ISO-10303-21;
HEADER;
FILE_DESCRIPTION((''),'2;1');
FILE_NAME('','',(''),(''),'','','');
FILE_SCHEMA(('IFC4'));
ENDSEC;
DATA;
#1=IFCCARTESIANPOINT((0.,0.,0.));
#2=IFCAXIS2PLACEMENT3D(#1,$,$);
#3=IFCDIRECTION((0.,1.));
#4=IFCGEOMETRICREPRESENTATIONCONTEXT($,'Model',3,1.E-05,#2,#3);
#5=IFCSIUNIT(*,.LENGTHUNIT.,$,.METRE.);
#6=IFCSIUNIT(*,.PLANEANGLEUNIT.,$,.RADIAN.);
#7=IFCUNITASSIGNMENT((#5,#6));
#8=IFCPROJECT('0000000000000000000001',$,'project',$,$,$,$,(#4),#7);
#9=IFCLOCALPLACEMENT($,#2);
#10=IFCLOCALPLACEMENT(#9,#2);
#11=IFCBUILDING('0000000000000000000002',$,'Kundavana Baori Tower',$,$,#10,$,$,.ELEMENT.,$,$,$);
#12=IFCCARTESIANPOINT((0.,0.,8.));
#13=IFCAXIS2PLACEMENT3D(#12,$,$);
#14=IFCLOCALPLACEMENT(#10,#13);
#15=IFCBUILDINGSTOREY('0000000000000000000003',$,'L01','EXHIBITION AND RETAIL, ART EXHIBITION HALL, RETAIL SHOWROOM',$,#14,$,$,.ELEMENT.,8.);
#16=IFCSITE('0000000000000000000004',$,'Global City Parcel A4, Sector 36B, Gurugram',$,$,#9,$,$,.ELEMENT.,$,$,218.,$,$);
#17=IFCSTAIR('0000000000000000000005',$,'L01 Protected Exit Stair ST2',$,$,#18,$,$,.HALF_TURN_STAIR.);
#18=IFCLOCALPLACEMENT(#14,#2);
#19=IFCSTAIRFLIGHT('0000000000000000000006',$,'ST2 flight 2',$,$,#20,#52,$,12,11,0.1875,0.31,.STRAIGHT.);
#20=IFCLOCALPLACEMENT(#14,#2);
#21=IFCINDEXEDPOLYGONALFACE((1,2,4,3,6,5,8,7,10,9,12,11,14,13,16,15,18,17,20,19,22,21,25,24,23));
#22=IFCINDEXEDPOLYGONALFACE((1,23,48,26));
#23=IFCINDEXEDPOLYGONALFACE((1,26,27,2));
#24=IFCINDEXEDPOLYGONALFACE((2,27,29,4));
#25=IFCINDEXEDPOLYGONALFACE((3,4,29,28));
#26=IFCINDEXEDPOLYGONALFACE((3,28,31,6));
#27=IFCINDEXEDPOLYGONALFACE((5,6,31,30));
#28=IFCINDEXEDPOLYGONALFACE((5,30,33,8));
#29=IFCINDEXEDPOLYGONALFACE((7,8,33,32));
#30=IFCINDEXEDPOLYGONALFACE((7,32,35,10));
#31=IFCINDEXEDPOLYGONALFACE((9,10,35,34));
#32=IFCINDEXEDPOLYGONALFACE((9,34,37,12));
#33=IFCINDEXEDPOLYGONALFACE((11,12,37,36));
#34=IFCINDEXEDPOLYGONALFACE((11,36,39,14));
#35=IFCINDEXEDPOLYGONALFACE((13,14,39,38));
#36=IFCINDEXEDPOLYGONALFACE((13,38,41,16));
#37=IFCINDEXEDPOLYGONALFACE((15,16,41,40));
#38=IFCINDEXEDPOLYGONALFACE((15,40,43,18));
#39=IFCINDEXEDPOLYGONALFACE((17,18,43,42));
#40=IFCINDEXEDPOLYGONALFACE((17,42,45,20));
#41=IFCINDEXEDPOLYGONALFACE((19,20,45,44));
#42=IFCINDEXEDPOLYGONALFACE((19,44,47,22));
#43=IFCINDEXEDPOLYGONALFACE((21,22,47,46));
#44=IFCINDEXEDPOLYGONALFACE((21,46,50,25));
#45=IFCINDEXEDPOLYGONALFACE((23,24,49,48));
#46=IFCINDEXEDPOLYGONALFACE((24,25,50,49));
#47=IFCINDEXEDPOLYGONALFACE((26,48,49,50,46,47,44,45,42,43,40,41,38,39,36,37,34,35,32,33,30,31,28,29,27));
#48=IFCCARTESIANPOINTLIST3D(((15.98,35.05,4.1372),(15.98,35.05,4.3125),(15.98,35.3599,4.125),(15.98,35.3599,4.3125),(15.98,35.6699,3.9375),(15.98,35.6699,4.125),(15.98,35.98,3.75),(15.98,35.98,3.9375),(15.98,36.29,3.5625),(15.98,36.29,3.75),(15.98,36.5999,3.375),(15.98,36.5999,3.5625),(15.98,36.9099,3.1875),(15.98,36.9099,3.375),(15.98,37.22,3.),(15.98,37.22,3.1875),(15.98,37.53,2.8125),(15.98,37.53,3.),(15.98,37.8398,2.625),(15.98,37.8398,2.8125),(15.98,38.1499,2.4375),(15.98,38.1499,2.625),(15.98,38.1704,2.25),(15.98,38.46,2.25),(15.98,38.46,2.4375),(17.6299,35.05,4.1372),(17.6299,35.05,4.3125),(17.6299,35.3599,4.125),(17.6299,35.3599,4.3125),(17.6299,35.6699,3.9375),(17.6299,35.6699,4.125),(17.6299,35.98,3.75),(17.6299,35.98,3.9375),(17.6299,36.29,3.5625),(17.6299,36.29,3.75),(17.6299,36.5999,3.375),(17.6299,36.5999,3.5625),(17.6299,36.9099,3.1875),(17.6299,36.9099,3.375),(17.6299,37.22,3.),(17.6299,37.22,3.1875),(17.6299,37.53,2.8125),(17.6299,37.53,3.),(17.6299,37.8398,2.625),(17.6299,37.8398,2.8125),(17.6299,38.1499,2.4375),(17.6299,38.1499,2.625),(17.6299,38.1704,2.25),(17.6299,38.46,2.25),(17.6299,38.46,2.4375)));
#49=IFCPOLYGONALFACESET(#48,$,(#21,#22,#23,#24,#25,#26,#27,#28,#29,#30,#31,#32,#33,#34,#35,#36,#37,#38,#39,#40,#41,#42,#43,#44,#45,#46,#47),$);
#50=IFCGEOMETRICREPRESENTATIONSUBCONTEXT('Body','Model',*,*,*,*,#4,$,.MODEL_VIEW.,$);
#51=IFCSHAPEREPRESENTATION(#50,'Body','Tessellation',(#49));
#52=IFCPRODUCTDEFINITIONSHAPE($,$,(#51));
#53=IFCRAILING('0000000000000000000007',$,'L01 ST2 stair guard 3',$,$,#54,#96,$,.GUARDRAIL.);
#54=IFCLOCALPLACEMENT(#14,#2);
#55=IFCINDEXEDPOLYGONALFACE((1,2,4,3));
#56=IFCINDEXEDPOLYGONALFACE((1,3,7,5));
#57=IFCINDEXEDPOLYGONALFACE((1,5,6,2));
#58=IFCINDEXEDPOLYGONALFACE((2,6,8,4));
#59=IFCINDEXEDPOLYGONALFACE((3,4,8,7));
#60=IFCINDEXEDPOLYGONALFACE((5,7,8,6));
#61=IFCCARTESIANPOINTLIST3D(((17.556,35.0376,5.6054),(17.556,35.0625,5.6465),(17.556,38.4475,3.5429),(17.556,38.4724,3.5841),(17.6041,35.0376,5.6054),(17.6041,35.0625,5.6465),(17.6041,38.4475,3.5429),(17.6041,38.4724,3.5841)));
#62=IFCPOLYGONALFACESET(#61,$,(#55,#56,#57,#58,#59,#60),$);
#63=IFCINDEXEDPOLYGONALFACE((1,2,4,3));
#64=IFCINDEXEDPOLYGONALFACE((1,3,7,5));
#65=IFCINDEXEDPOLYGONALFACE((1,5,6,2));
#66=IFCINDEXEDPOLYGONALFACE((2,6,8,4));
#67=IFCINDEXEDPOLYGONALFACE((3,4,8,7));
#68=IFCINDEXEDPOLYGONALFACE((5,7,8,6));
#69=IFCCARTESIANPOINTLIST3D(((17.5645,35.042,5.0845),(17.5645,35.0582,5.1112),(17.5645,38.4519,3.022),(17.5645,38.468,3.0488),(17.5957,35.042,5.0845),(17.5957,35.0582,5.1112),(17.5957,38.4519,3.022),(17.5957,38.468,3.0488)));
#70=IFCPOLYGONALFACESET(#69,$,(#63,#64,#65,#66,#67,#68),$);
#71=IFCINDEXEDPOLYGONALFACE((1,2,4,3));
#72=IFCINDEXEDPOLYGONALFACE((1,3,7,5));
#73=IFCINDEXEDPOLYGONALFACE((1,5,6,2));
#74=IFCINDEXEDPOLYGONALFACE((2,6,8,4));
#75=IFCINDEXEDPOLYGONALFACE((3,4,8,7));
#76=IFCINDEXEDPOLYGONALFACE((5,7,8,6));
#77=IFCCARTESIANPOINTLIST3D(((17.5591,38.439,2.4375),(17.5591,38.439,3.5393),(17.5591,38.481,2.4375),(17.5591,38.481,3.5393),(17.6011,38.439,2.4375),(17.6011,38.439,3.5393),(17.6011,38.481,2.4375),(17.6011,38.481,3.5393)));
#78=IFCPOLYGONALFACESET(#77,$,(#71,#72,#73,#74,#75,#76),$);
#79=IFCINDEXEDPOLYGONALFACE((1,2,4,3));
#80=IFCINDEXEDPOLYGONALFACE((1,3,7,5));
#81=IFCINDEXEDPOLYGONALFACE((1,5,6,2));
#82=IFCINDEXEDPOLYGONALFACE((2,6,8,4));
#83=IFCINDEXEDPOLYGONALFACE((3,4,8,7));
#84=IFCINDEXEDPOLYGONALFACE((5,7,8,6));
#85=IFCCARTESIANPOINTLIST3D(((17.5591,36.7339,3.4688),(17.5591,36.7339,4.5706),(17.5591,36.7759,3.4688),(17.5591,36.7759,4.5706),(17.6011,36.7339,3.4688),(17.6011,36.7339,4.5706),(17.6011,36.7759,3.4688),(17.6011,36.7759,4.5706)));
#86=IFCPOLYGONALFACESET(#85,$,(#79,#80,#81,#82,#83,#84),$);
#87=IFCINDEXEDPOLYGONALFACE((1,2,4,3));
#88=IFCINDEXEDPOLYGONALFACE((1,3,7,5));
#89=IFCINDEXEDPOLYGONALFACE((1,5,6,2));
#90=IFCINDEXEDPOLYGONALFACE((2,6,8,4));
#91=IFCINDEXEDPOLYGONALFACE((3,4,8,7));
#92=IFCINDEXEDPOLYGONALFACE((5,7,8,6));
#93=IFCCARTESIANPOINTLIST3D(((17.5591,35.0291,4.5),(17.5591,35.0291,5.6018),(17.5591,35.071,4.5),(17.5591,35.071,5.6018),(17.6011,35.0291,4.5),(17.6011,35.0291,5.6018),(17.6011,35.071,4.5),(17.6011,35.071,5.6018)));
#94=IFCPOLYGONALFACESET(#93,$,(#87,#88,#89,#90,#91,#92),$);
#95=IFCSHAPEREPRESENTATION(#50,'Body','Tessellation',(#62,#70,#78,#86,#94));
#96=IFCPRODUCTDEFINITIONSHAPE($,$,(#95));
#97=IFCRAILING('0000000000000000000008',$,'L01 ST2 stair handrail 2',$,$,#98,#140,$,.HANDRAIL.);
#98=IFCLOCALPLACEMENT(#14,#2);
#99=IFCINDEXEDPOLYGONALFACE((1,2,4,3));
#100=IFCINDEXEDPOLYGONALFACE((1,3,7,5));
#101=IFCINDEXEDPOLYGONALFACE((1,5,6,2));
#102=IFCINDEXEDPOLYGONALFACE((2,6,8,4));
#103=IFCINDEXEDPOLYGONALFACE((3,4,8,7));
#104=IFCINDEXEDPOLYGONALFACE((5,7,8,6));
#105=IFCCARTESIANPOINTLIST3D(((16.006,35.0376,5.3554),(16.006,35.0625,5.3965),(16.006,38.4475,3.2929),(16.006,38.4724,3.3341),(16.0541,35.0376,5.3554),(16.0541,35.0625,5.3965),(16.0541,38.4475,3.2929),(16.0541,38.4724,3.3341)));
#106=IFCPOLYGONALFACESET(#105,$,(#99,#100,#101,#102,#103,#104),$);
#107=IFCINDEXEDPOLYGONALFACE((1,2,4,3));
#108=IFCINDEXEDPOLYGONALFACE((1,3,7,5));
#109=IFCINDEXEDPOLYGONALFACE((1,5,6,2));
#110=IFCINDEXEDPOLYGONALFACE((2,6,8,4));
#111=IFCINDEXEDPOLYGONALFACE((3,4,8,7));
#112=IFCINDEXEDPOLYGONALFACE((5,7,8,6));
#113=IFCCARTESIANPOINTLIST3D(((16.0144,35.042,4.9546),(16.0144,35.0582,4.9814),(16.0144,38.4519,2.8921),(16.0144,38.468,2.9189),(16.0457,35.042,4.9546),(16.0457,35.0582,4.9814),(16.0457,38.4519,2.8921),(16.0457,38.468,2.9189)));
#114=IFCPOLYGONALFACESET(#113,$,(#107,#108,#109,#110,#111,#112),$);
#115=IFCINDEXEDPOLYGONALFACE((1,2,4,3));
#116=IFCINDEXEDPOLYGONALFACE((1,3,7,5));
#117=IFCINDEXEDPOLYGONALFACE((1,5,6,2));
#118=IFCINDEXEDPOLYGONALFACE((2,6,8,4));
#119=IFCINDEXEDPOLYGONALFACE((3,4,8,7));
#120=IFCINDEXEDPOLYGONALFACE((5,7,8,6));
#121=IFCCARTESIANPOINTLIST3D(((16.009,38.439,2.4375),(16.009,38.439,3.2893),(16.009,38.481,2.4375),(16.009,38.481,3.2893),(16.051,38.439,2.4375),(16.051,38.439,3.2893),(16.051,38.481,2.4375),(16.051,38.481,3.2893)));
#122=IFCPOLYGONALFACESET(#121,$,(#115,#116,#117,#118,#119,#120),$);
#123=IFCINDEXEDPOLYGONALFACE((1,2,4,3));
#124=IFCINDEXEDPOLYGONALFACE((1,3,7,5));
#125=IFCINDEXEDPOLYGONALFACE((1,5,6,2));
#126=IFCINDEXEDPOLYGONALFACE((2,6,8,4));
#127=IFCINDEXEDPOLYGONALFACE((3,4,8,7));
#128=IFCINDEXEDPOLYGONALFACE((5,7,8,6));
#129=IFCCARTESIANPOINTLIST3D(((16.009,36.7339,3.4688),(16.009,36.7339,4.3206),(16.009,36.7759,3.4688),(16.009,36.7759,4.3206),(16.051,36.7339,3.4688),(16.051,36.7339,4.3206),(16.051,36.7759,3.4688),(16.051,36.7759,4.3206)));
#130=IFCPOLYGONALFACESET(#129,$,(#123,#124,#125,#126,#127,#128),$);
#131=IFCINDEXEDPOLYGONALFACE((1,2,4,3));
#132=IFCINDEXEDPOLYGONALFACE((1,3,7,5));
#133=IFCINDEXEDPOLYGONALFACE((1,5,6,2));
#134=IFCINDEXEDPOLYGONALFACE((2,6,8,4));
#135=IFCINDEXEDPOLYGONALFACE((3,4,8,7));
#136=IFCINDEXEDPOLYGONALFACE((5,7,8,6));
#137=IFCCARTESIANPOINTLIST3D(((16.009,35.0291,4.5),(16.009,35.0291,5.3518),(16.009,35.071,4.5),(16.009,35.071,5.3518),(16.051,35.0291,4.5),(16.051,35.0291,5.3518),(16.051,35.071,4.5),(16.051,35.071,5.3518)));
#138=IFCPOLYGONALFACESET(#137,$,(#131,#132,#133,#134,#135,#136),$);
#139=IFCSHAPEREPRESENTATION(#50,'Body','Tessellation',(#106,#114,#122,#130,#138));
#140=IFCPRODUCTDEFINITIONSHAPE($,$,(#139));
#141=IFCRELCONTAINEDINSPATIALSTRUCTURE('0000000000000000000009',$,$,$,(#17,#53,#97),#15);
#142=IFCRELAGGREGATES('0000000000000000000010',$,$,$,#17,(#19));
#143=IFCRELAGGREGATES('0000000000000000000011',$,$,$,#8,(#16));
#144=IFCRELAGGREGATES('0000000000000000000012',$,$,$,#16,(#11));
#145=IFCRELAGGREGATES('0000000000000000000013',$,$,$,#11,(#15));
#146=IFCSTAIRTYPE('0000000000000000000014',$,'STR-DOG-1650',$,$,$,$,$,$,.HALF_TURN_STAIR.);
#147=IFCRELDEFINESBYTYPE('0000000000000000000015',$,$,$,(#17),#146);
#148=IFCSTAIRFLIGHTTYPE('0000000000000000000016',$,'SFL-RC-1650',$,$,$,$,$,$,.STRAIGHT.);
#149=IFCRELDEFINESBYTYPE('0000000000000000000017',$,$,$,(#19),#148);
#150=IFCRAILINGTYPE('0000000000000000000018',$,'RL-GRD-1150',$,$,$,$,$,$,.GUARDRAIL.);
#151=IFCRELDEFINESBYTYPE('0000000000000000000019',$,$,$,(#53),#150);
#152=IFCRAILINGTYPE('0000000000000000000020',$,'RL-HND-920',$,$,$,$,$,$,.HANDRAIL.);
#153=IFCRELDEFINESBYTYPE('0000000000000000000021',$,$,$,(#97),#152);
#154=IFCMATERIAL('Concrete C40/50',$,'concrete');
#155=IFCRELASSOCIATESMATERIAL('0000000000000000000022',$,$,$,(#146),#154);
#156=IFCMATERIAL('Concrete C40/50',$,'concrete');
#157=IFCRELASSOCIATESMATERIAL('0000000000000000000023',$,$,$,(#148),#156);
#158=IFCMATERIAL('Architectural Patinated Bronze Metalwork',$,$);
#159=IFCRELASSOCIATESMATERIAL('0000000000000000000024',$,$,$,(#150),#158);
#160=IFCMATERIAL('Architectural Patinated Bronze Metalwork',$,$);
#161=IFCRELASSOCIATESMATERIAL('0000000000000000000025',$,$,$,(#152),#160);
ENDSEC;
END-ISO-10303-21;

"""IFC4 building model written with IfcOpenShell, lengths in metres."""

from ifc_helpers import new_model, si_unit, direction, frame, origin, origin_2d, place, context, subcontext, project, spatial, polyline, rectangle, outline, extrude, material, type_object, element, aggregate, save


model = new_model("IFC4")

# Units and contexts
model_context = context("Model", 3, precision=1e-05, world=origin(), true_north=direction((0.0, 1.0)))
body_context = subcontext(model_context, "Body", "Model", "MODEL_VIEW")
ifc_project = project(units=[si_unit("LENGTHUNIT", "METRE"), si_unit("PLANEANGLEUNIT", "RADIAN")], contexts=[model_context])

# Site, building, storey
site_placement = place(None, origin())
site = spatial("IfcSite", under=ifc_project, at=site_placement, Name="Global City Parcel A4, Sector 36B, Gurugram", CompositionType="ELEMENT", RefElevation=218.0)
building_placement = place(site_placement, origin())
building = spatial("IfcBuilding", under=site, at=building_placement, Name="Kundavana Baori Tower", CompositionType="ELEMENT")
storey_placement = place(building_placement, frame((0.0, 0.0, 8.0)))
storey = spatial("IfcBuildingStorey", under=building, at=storey_placement, Name="L01", Description="EXHIBITION AND RETAIL, ART EXHIBITION HALL, RETAIL SHOWROOM", CompositionType="ELEMENT", Elevation=8.0)

# Stair, stair flight
ifc_material_1 = material(Name="Concrete C40/50", Category="concrete")
stair_type = type_object("IfcStairType", Name="STR-DOG-1650", PredefinedType="HALF_TURN_STAIR", material=ifc_material_1)
stair_placement = place(storey_placement, origin())
stair = element("IfcStair", 1, at=stair_placement, inside=storey, type_object=stair_type, Name="L01 Protected Exit Stair ST2", PredefinedType="HALF_TURN_STAIR")
ifc_material_2 = material(Name="Concrete C40/50", Category="concrete")
stair_flight_type = type_object("IfcStairFlightType", Name="SFL-RC-1650", PredefinedType="STRAIGHT", material=ifc_material_2)
stair_flight_placement = place(storey_placement, frame((16.8049, 38.46, 2.25), z_axis=(0.0, 0.0, 1.0), x_axis=(0.0, -1.0, 0.0)))
stair_flight = element("IfcStairFlight", 2, at=stair_flight_placement, type_object=stair_flight_type, Name="ST2 flight 2", NumberOfRisers=12, NumberOfTreads=11, PredefinedType="STRAIGHT", RiserHeight=0.1875, TreadLength=0.31, context=body_context, shape_type="SweptSolid", body=[
    extrude(outline(polyline([(0.0, 0.0), (0.0, 0.1875), (0.3101, 0.1875), (0.3101, 0.375), (0.6201, 0.375), (0.6201, 0.5625), (0.9299, 0.5625), (0.9299, 0.75), (1.24, 0.75), (1.24, 0.9375), (1.55, 0.9375), (1.55, 1.125), (1.8601, 1.125), (1.8601, 1.3125), (2.1699, 1.3125), (2.1699, 1.5), (2.48, 1.5), (2.48, 1.6875), (2.79, 1.6875), (2.79, 1.875), (3.1001, 1.875), (3.1001, 2.0625), (3.4099, 2.0625), (3.4099, 2.25), (3.4099, 1.8872), (0.2896, 0.0), (0.0, 0.0)])), frame((0.0, 0.825, 0.0), z_axis=(0.0, -1.0, 0.0), x_axis=(1.0, 0.0, 0.0)), (0.0, 0.0, 1.0), 1.6499),
])
aggregate(stair, [stair_flight])

# Railings
ifc_material_3 = material(Name="Architectural Patinated Bronze Metalwork")
railing_type_1 = type_object("IfcRailingType", Name="RL-GRD-1150", PredefinedType="GUARDRAIL", material=ifc_material_3)
railing_1_placement = place(storey_placement, frame((17.5801, 38.46, 2.4375)))
element("IfcRailing", 3, at=railing_1_placement, inside=storey, type_object=railing_type_1, Name="L01 ST2 stair guard 3", PredefinedType="GUARDRAIL", context=body_context, shape_type="SweptSolid", body=[
    extrude(rectangle(XDim=0.0481, YDim=0.0481, at=origin_2d()), frame((0.0, 0.0, 1.126), z_axis=(0.0, -0.855655, 0.517547), x_axis=(1.0, 0.0, 0.0)), (0.0, 0.0, 1.0), 3.9851),
    extrude(rectangle(XDim=0.0312, YDim=0.0312, at=origin_2d()), frame((0.0, 0.0, 0.5979), z_axis=(0.0, -0.855655, 0.517547), x_axis=(1.0, 0.0, 0.0)), (0.0, 0.0, 1.0), 3.9851),
    extrude(rectangle(XDim=0.042, YDim=0.042, at=origin_2d()), origin(), (0.0, 0.0, 1.0), 1.1018),
    extrude(rectangle(XDim=0.042, YDim=0.042, at=origin_2d()), frame((0.0, -1.7051, 1.0312)), (0.0, 0.0, 1.0), 1.1018),
    extrude(rectangle(XDim=0.042, YDim=0.042, at=origin_2d()), frame((0.0, -3.4099, 2.0625)), (0.0, 0.0, 1.0), 1.1018),
])
ifc_material_4 = material(Name="Architectural Patinated Bronze Metalwork")
railing_type_2 = type_object("IfcRailingType", Name="RL-HND-920", PredefinedType="HANDRAIL", material=ifc_material_4)
railing_2_placement = place(storey_placement, frame((16.03, 38.46, 2.4375)))
element("IfcRailing", 4, at=railing_2_placement, inside=storey, type_object=railing_type_2, Name="L01 ST2 stair handrail 2", PredefinedType="HANDRAIL", context=body_context, shape_type="SweptSolid", body=[
    extrude(rectangle(XDim=0.0481, YDim=0.0481, at=origin_2d()), frame((0.0, 0.0, 0.876), z_axis=(0.0, -0.855655, 0.517547), x_axis=(1.0, 0.0, 0.0)), (0.0, 0.0, 1.0), 3.9851),
    extrude(rectangle(XDim=0.0312, YDim=0.0312, at=origin_2d()), frame((0.0, 0.0, 0.468), z_axis=(0.0, -0.855655, 0.517547), x_axis=(1.0, 0.0, 0.0)), (0.0, 0.0, 1.0), 3.9851),
    extrude(rectangle(XDim=0.042, YDim=0.042, at=origin_2d()), origin(), (0.0, 0.0, 1.0), 0.8518),
    extrude(rectangle(XDim=0.042, YDim=0.042, at=origin_2d()), frame((0.0, -1.7051, 1.0312)), (0.0, 0.0, 1.0), 0.8518),
    extrude(rectangle(XDim=0.042, YDim=0.042, at=origin_2d()), frame((0.0, -3.4099, 2.0625)), (0.0, 0.0, 1.0), 0.8518),
])

save(model, "model.ifc")
